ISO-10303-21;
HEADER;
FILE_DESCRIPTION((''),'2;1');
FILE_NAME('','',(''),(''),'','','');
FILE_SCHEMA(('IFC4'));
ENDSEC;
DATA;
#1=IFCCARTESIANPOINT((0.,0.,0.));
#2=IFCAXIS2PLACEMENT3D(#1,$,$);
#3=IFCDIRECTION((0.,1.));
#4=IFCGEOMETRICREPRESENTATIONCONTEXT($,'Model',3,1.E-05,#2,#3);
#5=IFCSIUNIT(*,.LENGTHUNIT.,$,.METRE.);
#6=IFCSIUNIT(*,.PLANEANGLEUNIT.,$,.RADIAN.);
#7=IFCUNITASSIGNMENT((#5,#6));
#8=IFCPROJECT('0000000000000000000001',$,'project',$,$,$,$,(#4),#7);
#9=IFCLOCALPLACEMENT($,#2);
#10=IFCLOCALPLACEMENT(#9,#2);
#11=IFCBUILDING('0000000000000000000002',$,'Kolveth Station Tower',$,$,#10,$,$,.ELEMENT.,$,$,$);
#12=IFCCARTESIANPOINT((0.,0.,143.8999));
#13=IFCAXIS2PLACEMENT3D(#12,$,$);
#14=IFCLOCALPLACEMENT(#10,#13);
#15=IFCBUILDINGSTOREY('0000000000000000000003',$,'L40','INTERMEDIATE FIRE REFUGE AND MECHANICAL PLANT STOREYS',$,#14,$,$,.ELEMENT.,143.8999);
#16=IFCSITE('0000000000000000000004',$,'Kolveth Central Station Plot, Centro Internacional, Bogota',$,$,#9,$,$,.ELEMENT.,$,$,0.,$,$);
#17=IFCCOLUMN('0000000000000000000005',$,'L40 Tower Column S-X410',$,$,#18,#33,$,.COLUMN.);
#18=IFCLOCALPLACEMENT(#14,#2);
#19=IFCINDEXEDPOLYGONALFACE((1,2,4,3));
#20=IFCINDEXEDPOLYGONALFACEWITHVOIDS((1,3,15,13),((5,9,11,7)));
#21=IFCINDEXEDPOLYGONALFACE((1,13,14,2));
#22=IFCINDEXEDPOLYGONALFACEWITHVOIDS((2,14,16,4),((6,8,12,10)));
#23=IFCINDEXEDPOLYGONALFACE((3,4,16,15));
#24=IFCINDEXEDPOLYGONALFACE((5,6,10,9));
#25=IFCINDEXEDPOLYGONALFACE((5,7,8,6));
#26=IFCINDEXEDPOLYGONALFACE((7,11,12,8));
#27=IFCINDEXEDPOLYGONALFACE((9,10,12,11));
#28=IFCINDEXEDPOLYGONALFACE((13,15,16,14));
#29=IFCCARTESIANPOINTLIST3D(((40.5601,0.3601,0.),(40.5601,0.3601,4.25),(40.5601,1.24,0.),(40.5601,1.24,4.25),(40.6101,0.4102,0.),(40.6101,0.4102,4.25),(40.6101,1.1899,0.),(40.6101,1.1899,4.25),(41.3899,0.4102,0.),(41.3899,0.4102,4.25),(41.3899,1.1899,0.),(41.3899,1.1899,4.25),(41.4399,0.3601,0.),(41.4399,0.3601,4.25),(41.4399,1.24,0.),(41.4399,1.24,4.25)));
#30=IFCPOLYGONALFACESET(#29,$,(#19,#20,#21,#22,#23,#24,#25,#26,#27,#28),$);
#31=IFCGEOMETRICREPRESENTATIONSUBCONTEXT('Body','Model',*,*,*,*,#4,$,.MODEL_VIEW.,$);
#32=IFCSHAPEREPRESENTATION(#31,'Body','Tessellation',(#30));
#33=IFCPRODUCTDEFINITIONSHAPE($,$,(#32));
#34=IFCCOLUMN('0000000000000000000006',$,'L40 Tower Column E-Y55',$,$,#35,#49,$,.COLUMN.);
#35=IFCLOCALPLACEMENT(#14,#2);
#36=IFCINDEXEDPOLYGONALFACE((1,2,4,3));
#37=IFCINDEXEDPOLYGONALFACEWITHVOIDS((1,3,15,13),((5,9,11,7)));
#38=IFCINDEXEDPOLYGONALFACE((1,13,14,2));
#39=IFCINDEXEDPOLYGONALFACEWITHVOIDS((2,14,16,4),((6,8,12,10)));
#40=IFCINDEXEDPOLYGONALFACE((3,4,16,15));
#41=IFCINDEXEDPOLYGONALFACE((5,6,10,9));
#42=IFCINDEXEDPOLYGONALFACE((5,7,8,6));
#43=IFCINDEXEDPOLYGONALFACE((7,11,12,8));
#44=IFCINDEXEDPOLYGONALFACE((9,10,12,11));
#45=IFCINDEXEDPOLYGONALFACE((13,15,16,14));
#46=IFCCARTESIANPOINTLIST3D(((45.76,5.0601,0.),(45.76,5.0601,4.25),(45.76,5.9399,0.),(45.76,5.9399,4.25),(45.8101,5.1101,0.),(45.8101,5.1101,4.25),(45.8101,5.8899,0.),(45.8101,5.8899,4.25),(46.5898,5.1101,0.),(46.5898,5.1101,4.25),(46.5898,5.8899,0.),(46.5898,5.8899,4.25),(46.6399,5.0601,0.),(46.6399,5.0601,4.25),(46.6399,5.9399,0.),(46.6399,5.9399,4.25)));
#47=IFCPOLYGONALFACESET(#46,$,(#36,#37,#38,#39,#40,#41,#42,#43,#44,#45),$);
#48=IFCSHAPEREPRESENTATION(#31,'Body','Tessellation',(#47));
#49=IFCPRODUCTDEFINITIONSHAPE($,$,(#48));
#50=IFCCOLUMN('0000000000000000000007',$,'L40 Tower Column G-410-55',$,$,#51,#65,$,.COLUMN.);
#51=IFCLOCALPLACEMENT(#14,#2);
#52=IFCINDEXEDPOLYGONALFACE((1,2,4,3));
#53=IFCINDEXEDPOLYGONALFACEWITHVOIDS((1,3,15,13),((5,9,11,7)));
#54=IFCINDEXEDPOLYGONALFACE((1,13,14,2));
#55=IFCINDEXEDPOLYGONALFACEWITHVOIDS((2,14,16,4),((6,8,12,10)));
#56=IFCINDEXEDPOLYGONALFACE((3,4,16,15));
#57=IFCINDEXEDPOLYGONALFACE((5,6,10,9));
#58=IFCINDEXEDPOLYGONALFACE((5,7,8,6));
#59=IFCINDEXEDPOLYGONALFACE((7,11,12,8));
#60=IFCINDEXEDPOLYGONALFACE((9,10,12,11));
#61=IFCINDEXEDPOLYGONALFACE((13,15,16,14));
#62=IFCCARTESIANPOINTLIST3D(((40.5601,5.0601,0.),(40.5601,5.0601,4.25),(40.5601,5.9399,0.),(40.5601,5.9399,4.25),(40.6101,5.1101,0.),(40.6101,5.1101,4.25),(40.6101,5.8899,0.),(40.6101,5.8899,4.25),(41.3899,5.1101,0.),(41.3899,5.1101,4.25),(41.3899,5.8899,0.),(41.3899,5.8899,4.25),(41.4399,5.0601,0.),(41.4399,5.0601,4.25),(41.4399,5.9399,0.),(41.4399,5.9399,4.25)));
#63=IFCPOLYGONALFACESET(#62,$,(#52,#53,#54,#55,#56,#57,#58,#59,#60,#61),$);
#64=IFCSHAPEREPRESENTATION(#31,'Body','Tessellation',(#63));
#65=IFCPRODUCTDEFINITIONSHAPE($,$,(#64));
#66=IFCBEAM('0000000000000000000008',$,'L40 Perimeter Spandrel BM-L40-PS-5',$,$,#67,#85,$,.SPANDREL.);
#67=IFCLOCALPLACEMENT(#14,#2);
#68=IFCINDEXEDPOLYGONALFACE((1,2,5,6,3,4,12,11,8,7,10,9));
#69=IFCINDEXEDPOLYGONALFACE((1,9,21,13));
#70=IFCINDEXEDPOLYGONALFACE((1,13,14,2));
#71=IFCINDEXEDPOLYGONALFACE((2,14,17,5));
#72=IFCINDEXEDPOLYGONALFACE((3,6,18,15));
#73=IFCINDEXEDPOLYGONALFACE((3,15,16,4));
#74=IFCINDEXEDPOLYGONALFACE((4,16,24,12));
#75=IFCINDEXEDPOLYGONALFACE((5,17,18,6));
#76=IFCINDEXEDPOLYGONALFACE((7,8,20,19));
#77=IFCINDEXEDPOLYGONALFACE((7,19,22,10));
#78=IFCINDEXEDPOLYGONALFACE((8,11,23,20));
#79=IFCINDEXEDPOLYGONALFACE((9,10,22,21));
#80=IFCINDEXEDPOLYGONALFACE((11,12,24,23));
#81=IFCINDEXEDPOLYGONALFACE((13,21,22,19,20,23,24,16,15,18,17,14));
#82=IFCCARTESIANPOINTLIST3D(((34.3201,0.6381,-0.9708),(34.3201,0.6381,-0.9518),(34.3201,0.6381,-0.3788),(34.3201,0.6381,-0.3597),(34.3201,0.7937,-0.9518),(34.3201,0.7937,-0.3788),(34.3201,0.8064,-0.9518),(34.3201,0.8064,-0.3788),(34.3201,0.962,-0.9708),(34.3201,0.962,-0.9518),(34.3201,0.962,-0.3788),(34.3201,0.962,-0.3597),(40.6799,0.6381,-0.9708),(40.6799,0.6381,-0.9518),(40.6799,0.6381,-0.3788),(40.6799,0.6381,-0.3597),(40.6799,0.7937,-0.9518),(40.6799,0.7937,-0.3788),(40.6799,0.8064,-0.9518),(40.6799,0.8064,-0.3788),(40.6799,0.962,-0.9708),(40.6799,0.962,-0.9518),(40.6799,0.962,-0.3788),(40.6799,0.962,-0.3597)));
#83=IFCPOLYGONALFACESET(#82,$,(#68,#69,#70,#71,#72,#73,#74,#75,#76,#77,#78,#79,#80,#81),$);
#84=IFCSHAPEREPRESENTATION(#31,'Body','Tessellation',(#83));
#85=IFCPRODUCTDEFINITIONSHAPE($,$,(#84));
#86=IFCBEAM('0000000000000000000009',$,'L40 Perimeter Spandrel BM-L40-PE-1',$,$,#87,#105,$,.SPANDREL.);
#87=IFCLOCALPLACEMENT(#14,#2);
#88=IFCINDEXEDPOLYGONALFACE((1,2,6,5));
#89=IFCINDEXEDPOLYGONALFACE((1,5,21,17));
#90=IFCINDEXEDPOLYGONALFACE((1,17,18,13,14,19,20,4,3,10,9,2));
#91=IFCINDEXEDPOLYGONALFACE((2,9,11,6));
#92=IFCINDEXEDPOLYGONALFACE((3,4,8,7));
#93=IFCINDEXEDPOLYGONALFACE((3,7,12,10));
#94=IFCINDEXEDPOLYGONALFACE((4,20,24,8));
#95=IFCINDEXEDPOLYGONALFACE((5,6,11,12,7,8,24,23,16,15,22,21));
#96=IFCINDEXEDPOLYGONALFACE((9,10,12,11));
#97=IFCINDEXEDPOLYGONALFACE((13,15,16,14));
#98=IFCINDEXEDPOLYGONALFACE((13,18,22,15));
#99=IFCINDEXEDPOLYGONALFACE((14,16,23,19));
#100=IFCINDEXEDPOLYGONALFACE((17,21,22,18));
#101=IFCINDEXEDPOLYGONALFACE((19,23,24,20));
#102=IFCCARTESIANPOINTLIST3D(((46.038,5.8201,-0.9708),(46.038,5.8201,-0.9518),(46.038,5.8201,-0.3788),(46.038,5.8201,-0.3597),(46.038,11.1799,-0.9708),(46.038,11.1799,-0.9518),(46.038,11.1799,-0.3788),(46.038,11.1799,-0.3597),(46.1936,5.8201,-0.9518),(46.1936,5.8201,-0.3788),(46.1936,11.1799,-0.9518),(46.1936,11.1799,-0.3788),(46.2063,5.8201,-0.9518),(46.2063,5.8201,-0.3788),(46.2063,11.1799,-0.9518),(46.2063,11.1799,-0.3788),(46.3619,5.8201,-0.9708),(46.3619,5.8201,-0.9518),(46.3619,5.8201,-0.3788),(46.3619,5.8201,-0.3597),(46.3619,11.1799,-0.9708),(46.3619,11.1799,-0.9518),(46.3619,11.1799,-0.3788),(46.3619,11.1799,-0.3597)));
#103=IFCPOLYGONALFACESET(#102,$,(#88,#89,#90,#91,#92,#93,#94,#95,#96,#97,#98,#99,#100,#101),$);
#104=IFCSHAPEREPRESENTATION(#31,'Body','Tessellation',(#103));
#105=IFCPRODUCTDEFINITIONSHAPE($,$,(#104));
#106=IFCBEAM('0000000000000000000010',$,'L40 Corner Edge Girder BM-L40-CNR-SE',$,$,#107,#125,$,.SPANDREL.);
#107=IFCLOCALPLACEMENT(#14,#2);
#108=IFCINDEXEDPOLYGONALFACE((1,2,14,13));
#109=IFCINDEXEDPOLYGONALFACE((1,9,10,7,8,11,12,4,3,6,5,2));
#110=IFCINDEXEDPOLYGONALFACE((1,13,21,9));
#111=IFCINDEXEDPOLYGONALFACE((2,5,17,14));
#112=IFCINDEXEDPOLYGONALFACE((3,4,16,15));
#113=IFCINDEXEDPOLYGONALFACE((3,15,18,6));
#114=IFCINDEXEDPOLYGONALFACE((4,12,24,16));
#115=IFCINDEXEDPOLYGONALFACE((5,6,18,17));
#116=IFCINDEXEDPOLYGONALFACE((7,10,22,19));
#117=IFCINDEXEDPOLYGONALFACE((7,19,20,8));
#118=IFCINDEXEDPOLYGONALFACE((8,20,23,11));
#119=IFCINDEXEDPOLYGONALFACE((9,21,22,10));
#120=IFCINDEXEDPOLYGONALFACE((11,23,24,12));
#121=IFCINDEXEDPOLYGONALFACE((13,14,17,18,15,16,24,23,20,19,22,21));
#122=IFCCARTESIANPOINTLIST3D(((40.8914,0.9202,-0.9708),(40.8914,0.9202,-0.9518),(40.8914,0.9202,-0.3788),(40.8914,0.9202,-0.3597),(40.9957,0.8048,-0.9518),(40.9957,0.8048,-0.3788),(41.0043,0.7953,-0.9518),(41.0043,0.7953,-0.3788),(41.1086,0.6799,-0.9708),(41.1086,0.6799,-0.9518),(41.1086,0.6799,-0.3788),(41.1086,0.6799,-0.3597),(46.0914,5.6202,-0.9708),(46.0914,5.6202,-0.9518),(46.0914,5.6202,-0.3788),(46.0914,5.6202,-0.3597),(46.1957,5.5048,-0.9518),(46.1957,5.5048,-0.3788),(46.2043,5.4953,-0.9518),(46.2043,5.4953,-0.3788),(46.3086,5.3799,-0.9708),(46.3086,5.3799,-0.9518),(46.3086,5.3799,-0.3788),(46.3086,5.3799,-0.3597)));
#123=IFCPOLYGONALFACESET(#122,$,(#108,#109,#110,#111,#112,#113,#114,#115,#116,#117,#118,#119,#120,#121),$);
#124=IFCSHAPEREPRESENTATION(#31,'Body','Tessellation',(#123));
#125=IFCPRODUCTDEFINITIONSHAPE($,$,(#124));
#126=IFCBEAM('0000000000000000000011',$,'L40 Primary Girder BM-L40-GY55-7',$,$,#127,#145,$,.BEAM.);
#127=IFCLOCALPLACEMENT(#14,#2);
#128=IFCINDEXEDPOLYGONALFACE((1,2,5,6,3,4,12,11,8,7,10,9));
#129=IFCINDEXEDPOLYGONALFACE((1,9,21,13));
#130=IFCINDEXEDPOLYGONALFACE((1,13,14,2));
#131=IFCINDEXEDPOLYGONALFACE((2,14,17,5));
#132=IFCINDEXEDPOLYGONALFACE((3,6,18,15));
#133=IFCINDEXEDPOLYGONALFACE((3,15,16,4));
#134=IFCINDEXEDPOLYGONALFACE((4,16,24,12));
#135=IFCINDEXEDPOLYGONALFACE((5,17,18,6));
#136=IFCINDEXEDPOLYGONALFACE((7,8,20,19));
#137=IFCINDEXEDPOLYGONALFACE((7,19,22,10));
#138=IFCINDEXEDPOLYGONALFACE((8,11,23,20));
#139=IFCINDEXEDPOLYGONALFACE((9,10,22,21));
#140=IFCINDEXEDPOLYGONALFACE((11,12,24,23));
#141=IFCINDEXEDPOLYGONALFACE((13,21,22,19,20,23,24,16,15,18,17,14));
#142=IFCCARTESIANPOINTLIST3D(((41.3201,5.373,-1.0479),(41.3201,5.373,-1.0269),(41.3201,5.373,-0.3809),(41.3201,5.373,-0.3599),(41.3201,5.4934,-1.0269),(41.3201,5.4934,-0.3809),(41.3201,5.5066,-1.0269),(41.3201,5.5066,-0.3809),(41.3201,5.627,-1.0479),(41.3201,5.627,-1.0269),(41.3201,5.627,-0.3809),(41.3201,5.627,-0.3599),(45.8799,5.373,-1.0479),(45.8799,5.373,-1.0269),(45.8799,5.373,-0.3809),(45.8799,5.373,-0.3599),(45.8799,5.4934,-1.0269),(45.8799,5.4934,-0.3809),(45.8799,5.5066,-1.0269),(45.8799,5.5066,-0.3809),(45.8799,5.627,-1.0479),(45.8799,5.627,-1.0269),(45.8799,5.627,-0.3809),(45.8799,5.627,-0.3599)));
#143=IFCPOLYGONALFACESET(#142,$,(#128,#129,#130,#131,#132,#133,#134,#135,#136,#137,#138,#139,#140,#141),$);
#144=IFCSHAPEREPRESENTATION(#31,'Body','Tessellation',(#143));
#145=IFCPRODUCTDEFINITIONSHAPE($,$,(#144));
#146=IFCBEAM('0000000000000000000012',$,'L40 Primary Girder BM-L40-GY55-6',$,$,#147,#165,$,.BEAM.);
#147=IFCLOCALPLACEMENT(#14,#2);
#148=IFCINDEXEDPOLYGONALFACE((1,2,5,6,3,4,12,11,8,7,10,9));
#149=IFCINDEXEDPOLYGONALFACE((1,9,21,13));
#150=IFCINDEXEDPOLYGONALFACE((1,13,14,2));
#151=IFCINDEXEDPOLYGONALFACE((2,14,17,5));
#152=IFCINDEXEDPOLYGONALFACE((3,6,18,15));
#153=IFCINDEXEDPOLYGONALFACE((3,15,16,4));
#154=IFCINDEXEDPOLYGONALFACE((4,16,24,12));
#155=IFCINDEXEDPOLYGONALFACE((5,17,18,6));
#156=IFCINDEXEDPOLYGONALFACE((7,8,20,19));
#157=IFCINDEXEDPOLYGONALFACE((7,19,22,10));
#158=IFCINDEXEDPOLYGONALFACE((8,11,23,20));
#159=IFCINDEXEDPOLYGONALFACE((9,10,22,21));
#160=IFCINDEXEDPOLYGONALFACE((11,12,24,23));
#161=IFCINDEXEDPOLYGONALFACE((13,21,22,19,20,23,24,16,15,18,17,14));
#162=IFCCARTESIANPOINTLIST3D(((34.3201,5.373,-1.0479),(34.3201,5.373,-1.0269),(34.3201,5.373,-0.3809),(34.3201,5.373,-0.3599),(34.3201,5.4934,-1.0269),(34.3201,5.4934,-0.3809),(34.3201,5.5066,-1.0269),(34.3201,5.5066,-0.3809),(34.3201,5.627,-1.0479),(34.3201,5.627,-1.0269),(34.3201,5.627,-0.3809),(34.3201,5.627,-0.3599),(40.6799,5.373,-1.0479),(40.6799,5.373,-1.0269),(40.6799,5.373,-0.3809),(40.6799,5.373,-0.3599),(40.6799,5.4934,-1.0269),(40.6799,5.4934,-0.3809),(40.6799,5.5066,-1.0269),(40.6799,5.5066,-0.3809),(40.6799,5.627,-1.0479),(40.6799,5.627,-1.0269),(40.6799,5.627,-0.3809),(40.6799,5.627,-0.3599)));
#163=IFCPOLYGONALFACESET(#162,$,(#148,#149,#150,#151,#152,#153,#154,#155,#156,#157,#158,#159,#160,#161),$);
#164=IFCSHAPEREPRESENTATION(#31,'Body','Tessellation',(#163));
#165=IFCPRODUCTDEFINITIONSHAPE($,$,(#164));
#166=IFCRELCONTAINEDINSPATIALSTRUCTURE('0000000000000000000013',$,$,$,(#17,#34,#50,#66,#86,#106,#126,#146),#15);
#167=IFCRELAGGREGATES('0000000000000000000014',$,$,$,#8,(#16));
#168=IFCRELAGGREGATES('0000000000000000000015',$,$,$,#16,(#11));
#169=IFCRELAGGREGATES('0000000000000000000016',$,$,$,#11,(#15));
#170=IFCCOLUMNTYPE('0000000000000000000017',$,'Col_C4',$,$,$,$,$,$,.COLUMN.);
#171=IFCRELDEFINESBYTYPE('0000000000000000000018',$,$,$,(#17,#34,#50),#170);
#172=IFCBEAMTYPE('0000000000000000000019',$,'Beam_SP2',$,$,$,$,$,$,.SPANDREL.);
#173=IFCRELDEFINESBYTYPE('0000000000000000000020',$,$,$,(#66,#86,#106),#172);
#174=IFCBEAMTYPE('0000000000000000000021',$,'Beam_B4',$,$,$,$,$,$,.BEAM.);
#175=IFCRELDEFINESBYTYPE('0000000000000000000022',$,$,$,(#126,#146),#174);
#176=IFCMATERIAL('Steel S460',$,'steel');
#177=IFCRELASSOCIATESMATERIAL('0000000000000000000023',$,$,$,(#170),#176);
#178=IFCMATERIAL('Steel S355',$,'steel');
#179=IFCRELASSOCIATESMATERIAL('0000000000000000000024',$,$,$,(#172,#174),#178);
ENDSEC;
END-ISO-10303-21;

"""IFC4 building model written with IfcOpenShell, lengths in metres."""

from ifc_helpers import new_model, si_unit, direction, frame, origin, origin_2d, place, context, subcontext, project, spatial, hollow_rectangle, i_section, extrude, source, transform, mapped, material, material_profile, profile_set, type_object, element, save


model = new_model("IFC4")

# Units and contexts
model_context = context("Model", 3, precision=1e-05, world=origin(), true_north=direction((0.0, 1.0)))
body_context = subcontext(model_context, "Body", "Model", "MODEL_VIEW")
ifc_project = project(units=[si_unit("LENGTHUNIT", "METRE"), si_unit("PLANEANGLEUNIT", "RADIAN")], contexts=[model_context])

# Site, building, storey
site_placement = place(None, origin())
site = spatial("IfcSite", under=ifc_project, at=site_placement, Name="Kolveth Central Station Plot, Centro Internacional, Bogota", CompositionType="ELEMENT", RefElevation=0.0)
building_placement = place(site_placement, origin())
building = spatial("IfcBuilding", under=site, at=building_placement, Name="Kolveth Station Tower", CompositionType="ELEMENT")
storey_placement = place(building_placement, frame((0.0, 0.0, 143.8999)))
storey = spatial("IfcBuildingStorey", under=building, at=storey_placement, Name="L40", Description="INTERMEDIATE FIRE REFUGE AND MECHANICAL PLANT STOREYS", CompositionType="ELEMENT", Elevation=143.8999)

# Columns
ifc_material_1 = material(Name="Steel S460", Category="steel")
ifc_material_profile_1 = material_profile(ifc_material_1, hollow_rectangle(XDim=0.8799, YDim=0.8799, WallThickness=0.05, at=origin_2d()), Name="BOX880x880x50")
ifc_profile_set_1 = profile_set([ifc_material_profile_1], Name="Steel S460")
column_type = type_object("IfcColumnType", Name="Col_C4", PredefinedType="COLUMN", material=ifc_profile_set_1)
shared_shape_1 = source(origin(), body_context, "Body", "SweptSolid", [
    extrude(hollow_rectangle(XDim=0.8799, YDim=0.8799, WallThickness=0.05, at=origin_2d()), origin(), (0.0, 0.0, 1.0), 4.25),
])
for number, where, z_axis, x_axis, name in (
    (1, (41.0, 0.8, 0.0), (0.0, 0.0, 1.0), (1.0, 0.0, 0.0), "L40 Tower Column S-X410"),
    (2, (46.2, 5.5, 0.0), (0.0, 0.0, 1.0), (1.0, 0.0, 0.0), "L40 Tower Column E-Y55"),
    (3, (41.0, 5.5, 0.0), (0.0, 0.0, 1.0), (1.0, 0.0, 0.0), "L40 Tower Column G-410-55"),
):
    element("IfcColumn", number, at=place(storey_placement, frame(where, z_axis=z_axis, x_axis=x_axis)), inside=storey, type_object=column_type, Name=name, PredefinedType="COLUMN", context=body_context, shape_type="MappedRepresentation", body=[
        mapped(shared_shape_1, transform((0.0, 0.0, 0.0), x_axis=(1.0, 0.0, 0.0), y_axis=(0.0, 1.0, 0.0), z_axis=(0.0, 0.0, 1.0), scale=1.0)),
    ])

# Beams
ifc_material_2 = material(Name="Steel S355", Category="steel")
ifc_material_profile_2 = material_profile(ifc_material_2, i_section(OverallWidth=0.324, OverallDepth=0.6111, WebThickness=0.0127, FlangeThickness=0.019, at=origin_2d()), Name="W610x155")
ifc_profile_set_2 = profile_set([ifc_material_profile_2], Name="Steel S355")
beam_type_1 = type_object("IfcBeamType", Name="Beam_SP2", PredefinedType="SPANDREL", material=ifc_profile_set_2)
shared_shape_2 = source(origin(), body_context, "Body", "SweptSolid", [
    extrude(i_section(OverallWidth=0.324, OverallDepth=0.6111, WebThickness=0.0127, FlangeThickness=0.019, at=origin_2d()), origin(), (0.0, 0.0, 1.0), 6.3599),
])
beam_1_placement = place(storey_placement, frame((34.3201, 0.8, -0.6653), z_axis=(1.0, 0.0, 0.0), x_axis=(0.0, 1.0, 0.0)))
element("IfcBeam", 4, at=beam_1_placement, inside=storey, type_object=beam_type_1, Name="L40 Perimeter Spandrel BM-L40-PS-5", PredefinedType="SPANDREL", context=body_context, shape_type="MappedRepresentation", body=[
    mapped(shared_shape_2, transform((0.0, 0.0, 0.0), x_axis=(1.0, 0.0, 0.0), y_axis=(0.0, 1.0, 0.0), z_axis=(0.0, 0.0, 1.0), scale=1.0)),
])
shared_shape_3 = source(origin(), body_context, "Body", "SweptSolid", [
    extrude(i_section(OverallWidth=0.324, OverallDepth=0.6111, WebThickness=0.0127, FlangeThickness=0.019, at=origin_2d()), origin(), (0.0, 0.0, 1.0), 5.3599),
])
beam_2_placement = place(storey_placement, frame((46.2, 5.8201, -0.6653), z_axis=(0.0, 1.0, 0.0), x_axis=(-1.0, 0.0, 0.0)))
element("IfcBeam", 5, at=beam_2_placement, inside=storey, type_object=beam_type_1, Name="L40 Perimeter Spandrel BM-L40-PE-1", PredefinedType="SPANDREL", context=body_context, shape_type="MappedRepresentation", body=[
    mapped(shared_shape_3, transform((0.0, 0.0, 0.0), x_axis=(1.0, 0.0, 0.0), y_axis=(0.0, 1.0, 0.0), z_axis=(0.0, 0.0, 1.0), scale=1.0)),
])
shared_shape_4 = source(origin(), body_context, "Body", "SweptSolid", [
    extrude(i_section(OverallWidth=0.324, OverallDepth=0.6111, WebThickness=0.0127, FlangeThickness=0.019, at=origin_2d()), origin(), (0.0, 0.0, 1.0), 7.0093),
])
beam_3_placement = place(storey_placement, frame((41.0, 0.8, -0.6653), z_axis=(0.741874, 0.670539, 0.0), x_axis=(-0.670539, 0.741874, 0.0)))
element("IfcBeam", 6, at=beam_3_placement, inside=storey, type_object=beam_type_1, Name="L40 Corner Edge Girder BM-L40-CNR-SE", PredefinedType="SPANDREL", context=body_context, shape_type="MappedRepresentation", body=[
    mapped(shared_shape_4, transform((0.0, 0.0, 0.0), x_axis=(1.0, 0.0, 0.0), y_axis=(0.0, 1.0, 0.0), z_axis=(0.0, 0.0, 1.0), scale=1.0)),
])
ifc_material_profile_3 = material_profile(ifc_material_2, i_section(OverallWidth=0.2539, OverallDepth=0.688, WebThickness=0.0132, FlangeThickness=0.021, at=origin_2d()), Name="W690x152")
ifc_profile_set_3 = profile_set([ifc_material_profile_3], Name="Steel S355")
beam_type_2 = type_object("IfcBeamType", Name="Beam_B4", PredefinedType="BEAM", material=ifc_profile_set_3)
shared_shape_5 = source(origin(), body_context, "Body", "SweptSolid", [
    extrude(i_section(OverallWidth=0.2539, OverallDepth=0.688, WebThickness=0.0132, FlangeThickness=0.021, at=origin_2d()), origin(), (0.0, 0.0, 1.0), 4.5598),
])
beam_4_placement = place(storey_placement, frame((41.3201, 5.5, -0.7039), z_axis=(1.0, 0.0, 0.0), x_axis=(0.0, 1.0, 0.0)))
element("IfcBeam", 7, at=beam_4_placement, inside=storey, type_object=beam_type_2, Name="L40 Primary Girder BM-L40-GY55-7", PredefinedType="BEAM", context=body_context, shape_type="MappedRepresentation", body=[
    mapped(shared_shape_5, transform((0.0, 0.0, 0.0), x_axis=(1.0, 0.0, 0.0), y_axis=(0.0, 1.0, 0.0), z_axis=(0.0, 0.0, 1.0), scale=1.0)),
])
shared_shape_6 = source(origin(), body_context, "Body", "SweptSolid", [
    extrude(i_section(OverallWidth=0.2539, OverallDepth=0.688, WebThickness=0.0132, FlangeThickness=0.021, at=origin_2d()), origin(), (0.0, 0.0, 1.0), 6.3599),
])
beam_5_placement = place(storey_placement, frame((34.3201, 5.5, -0.7039), z_axis=(1.0, 0.0, 0.0), x_axis=(0.0, 1.0, 0.0)))
element("IfcBeam", 8, at=beam_5_placement, inside=storey, type_object=beam_type_2, Name="L40 Primary Girder BM-L40-GY55-6", PredefinedType="BEAM", context=body_context, shape_type="MappedRepresentation", body=[
    mapped(shared_shape_6, transform((0.0, 0.0, 0.0), x_axis=(1.0, 0.0, 0.0), y_axis=(0.0, 1.0, 0.0), z_axis=(0.0, 0.0, 1.0), scale=1.0)),
])

save(model, "model.ifc")
